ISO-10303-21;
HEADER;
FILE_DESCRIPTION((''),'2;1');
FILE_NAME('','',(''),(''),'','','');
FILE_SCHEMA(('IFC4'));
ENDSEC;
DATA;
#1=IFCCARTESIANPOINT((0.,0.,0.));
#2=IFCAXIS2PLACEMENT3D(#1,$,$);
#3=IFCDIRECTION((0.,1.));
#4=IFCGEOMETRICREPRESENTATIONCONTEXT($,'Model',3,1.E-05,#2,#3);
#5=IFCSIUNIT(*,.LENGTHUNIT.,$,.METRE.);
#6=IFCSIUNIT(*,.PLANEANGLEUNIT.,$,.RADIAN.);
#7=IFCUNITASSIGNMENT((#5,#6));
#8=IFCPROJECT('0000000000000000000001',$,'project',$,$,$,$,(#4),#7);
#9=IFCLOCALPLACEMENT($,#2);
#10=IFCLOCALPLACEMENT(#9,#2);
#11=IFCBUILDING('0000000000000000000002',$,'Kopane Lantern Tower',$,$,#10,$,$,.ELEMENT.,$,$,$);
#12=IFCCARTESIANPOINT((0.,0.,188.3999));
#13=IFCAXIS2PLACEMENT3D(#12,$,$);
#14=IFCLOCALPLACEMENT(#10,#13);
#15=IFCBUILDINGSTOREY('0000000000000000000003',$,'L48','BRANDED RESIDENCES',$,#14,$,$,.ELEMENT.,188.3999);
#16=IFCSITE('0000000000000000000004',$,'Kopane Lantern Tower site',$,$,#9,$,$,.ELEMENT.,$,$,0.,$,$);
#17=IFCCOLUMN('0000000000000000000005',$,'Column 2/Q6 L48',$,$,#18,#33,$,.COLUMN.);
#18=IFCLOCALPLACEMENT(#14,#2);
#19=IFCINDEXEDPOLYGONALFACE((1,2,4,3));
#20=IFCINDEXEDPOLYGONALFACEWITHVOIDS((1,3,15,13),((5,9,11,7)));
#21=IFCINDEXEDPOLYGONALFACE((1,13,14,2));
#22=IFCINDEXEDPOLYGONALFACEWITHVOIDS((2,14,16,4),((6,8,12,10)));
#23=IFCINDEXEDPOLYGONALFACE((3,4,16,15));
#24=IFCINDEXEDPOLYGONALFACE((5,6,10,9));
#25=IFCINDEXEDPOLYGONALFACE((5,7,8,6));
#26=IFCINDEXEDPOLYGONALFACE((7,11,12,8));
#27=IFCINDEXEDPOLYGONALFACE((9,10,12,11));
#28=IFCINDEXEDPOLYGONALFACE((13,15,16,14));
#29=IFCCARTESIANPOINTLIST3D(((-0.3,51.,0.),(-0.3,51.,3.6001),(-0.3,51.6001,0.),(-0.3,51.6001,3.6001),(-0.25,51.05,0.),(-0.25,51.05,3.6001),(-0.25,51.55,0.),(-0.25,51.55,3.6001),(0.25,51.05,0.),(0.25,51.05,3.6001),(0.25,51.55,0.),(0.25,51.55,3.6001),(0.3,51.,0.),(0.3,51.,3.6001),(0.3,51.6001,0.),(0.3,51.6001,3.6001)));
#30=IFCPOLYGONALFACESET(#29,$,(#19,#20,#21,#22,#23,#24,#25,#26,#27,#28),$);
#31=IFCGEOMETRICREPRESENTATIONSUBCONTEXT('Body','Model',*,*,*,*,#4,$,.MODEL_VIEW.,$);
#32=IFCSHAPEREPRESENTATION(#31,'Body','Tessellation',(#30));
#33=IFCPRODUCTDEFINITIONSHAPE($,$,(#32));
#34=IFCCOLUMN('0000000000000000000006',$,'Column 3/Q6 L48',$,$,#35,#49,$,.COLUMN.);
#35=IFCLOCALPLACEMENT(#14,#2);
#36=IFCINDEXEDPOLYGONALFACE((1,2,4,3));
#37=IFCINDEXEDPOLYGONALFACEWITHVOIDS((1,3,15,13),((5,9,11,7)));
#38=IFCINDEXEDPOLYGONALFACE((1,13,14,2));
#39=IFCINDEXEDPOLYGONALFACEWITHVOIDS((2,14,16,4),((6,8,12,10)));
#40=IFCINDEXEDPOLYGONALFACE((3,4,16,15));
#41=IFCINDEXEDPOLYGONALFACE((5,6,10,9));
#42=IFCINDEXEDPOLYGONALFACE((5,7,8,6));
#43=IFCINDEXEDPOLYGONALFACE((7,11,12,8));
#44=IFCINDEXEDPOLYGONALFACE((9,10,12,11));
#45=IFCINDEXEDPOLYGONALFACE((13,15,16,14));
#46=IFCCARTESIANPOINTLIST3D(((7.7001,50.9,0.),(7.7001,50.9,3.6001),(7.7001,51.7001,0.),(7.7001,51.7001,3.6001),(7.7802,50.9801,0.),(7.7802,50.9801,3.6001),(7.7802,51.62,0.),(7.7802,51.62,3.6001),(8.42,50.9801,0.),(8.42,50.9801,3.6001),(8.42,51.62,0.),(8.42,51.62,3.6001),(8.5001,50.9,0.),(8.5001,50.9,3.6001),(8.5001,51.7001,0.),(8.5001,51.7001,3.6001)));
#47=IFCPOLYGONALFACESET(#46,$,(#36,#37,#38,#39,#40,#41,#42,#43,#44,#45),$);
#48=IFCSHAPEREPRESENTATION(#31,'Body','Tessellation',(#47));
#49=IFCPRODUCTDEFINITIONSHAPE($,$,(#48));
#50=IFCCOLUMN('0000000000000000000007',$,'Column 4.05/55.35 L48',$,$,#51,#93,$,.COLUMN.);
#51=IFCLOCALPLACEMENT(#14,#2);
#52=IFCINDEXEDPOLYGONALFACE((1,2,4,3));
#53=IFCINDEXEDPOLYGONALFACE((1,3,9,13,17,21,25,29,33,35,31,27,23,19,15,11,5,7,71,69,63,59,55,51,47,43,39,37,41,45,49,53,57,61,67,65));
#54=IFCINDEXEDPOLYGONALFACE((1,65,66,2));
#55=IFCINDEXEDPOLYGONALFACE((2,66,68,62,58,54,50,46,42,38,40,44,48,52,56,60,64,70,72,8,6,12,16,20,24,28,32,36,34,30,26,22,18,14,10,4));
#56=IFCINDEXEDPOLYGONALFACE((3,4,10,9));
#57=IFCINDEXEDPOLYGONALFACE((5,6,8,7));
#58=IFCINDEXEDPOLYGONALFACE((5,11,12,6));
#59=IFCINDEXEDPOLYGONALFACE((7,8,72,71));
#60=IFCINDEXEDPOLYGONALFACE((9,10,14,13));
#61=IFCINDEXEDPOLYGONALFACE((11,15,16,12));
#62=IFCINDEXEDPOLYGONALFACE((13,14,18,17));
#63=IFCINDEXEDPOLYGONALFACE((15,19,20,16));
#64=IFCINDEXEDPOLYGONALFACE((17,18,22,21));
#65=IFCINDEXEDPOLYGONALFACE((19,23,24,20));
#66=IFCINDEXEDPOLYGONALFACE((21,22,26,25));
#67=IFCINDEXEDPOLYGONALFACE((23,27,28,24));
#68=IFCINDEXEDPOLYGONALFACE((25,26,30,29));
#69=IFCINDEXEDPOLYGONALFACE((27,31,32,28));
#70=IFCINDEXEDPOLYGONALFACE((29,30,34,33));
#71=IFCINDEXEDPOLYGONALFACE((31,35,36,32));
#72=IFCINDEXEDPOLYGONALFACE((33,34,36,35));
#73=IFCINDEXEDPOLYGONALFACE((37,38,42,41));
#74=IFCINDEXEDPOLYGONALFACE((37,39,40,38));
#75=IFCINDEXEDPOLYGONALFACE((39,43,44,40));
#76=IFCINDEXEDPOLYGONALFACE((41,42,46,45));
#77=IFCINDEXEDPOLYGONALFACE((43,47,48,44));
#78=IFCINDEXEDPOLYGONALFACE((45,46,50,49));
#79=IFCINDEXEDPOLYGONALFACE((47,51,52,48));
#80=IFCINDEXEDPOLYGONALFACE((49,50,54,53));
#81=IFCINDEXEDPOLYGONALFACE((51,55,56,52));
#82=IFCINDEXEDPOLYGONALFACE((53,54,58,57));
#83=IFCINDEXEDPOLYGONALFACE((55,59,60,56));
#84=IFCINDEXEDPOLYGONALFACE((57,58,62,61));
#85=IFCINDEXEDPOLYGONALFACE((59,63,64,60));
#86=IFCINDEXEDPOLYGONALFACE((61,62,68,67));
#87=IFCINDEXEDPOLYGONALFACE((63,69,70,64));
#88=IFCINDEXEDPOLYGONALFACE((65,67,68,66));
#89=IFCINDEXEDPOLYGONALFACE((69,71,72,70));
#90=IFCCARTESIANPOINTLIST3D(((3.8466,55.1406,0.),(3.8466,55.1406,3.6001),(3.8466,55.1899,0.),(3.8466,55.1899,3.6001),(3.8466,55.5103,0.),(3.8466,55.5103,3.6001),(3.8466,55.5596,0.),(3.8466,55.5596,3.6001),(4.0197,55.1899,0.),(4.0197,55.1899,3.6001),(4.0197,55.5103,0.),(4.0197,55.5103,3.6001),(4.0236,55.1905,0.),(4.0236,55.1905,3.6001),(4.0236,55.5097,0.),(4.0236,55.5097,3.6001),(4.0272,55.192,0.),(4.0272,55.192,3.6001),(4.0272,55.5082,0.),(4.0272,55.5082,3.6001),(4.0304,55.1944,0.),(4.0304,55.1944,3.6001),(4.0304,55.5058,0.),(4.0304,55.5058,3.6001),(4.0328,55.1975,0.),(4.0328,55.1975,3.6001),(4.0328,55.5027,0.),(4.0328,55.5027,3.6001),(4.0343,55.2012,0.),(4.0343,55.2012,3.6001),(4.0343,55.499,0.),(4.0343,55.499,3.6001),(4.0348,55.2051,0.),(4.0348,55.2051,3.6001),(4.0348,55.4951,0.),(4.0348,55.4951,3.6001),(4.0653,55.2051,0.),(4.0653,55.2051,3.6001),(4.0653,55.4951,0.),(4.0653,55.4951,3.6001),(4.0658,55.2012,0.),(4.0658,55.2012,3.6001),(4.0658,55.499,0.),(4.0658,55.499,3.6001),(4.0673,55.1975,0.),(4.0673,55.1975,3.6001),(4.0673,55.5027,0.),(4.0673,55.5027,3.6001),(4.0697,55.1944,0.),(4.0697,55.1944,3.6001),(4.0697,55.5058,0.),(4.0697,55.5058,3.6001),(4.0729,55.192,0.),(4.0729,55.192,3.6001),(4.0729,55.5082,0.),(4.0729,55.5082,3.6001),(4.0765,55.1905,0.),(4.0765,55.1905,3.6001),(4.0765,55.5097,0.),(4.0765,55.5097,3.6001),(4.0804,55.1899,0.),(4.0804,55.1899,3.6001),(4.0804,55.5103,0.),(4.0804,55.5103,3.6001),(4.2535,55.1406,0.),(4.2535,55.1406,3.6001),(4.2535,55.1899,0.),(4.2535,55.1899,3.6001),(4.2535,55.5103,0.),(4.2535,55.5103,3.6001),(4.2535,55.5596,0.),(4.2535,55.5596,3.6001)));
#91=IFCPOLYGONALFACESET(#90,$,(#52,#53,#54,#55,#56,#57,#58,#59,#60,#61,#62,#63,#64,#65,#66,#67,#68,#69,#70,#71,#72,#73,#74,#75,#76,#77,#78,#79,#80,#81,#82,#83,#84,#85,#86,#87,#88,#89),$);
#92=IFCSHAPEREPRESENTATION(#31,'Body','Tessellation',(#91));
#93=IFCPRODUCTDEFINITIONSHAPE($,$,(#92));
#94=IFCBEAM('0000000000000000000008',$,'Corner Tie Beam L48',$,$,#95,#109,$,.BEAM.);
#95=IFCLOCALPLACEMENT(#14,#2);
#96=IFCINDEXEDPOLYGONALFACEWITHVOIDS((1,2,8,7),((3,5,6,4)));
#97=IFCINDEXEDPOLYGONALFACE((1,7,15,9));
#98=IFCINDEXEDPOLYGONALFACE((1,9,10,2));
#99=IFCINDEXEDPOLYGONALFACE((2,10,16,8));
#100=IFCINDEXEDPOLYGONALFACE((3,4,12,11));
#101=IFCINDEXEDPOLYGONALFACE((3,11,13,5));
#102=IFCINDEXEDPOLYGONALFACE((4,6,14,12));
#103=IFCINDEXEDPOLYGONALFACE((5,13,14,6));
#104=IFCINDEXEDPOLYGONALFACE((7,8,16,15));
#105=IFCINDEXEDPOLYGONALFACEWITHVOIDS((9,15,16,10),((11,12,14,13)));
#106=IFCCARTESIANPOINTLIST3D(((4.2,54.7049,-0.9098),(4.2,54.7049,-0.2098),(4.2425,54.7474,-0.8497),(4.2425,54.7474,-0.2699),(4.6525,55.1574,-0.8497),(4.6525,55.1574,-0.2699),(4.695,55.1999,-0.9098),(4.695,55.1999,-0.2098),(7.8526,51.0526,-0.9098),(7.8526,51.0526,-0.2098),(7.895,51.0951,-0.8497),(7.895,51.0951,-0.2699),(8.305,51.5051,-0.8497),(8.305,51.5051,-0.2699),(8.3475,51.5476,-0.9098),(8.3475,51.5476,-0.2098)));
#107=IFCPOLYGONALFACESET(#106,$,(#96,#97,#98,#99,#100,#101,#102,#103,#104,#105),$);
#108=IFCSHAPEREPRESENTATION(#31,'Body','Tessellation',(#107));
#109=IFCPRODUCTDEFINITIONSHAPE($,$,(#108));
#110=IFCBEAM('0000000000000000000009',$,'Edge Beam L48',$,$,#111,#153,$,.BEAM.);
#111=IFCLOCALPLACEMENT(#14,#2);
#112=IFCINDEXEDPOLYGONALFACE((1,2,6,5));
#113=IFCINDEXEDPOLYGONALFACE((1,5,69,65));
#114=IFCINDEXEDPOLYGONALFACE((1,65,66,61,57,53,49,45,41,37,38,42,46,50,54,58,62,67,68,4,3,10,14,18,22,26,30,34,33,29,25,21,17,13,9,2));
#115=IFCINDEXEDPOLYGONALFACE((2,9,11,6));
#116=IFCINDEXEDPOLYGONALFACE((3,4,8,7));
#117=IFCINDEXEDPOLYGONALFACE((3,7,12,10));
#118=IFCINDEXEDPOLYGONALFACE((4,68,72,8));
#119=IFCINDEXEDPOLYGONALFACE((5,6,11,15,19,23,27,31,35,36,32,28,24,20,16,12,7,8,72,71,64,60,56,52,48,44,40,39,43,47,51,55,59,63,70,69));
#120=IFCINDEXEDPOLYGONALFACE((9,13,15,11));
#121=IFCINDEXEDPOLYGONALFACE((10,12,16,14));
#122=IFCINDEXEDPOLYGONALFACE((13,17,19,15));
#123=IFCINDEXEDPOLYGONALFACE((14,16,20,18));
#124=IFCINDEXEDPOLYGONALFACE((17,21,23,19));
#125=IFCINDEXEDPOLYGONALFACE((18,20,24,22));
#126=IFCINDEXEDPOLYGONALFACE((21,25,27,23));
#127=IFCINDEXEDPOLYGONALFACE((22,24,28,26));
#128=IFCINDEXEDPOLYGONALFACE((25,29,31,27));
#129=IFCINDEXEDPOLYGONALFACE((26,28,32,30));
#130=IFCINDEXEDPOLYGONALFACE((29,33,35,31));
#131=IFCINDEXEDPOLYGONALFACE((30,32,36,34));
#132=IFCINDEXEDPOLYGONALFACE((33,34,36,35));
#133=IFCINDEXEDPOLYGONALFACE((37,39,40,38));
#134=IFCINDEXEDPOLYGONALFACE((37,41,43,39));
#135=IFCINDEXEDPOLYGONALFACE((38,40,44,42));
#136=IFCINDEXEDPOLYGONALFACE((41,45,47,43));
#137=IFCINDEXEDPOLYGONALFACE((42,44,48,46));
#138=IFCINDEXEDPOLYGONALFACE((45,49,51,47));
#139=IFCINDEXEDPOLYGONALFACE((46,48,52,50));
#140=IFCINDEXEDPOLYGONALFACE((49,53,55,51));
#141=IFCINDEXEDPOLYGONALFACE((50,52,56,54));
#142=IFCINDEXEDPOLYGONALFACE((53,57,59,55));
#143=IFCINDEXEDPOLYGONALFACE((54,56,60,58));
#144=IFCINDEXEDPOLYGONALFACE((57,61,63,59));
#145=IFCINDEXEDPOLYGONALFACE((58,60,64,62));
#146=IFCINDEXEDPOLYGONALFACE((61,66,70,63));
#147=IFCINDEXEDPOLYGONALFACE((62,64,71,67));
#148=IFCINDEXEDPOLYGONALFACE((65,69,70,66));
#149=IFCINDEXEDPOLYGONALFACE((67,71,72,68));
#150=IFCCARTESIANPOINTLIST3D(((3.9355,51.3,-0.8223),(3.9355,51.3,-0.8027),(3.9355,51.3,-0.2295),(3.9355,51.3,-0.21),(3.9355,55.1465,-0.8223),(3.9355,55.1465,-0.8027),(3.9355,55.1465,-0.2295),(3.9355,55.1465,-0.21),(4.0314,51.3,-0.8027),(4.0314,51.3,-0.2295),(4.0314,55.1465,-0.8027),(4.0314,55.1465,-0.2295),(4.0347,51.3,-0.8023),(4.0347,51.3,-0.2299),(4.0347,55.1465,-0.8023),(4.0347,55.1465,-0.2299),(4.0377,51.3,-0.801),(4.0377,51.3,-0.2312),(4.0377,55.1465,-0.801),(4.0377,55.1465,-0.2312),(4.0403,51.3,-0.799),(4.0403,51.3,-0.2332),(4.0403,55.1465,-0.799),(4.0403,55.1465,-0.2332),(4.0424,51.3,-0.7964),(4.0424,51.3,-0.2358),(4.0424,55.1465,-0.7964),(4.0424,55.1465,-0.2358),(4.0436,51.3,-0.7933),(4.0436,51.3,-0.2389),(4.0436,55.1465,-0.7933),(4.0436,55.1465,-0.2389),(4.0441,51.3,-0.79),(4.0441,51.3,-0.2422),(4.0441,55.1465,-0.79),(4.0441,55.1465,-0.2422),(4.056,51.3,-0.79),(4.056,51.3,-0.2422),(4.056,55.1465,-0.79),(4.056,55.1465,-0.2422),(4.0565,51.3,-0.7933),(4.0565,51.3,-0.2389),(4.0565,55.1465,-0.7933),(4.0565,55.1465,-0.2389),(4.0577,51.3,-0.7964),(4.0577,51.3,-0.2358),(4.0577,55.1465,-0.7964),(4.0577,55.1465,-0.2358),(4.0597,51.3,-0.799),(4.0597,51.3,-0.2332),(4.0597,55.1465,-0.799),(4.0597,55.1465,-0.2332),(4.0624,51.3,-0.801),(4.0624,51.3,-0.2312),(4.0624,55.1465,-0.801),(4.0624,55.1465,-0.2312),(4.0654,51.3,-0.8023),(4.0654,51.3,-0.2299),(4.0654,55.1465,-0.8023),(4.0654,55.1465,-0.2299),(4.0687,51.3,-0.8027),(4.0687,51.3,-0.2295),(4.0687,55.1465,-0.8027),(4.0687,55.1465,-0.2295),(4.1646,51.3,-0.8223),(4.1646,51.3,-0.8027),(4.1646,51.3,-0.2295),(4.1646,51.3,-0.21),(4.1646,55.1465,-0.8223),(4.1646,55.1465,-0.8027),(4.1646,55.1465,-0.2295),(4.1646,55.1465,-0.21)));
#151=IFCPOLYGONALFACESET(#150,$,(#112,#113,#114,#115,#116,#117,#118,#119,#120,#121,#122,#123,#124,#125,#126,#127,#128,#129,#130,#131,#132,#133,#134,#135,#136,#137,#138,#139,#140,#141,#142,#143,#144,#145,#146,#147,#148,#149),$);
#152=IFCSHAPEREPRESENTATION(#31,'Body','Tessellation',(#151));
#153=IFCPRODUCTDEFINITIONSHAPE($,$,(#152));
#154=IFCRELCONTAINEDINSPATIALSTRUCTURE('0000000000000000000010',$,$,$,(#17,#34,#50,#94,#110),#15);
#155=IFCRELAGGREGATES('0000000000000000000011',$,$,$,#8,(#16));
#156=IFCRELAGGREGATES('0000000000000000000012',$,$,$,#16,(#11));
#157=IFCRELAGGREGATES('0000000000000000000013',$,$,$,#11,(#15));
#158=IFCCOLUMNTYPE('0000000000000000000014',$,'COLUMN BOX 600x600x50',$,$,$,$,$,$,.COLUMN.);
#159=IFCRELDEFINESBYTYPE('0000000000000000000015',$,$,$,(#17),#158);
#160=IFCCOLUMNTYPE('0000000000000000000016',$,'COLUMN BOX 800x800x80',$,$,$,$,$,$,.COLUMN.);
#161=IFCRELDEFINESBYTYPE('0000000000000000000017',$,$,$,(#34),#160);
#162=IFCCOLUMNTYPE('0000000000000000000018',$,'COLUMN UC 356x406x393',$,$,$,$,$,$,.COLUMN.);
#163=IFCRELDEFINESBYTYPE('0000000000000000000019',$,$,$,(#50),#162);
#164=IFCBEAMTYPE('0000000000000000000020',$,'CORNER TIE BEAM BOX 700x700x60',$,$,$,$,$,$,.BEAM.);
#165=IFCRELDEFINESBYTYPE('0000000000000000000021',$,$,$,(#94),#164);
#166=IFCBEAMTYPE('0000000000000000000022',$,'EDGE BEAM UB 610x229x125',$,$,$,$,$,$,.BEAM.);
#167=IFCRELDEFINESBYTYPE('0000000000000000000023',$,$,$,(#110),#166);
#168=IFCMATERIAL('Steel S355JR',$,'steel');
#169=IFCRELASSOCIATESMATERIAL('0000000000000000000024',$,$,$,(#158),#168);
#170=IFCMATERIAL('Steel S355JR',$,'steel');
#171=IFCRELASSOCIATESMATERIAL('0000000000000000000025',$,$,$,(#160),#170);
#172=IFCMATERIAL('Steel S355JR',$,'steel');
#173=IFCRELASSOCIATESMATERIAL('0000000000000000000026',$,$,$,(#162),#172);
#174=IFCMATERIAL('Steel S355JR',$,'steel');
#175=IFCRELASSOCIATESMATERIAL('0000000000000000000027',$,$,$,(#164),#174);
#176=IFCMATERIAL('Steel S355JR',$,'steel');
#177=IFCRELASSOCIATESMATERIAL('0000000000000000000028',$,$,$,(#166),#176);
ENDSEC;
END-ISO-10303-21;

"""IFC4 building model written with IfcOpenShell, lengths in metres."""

from ifc_helpers import new_model, si_unit, direction, frame, origin, origin_2d, place, context, subcontext, project, spatial, hollow_rectangle, i_section, extrude, material, material_profile, profile_set, type_object, element, save


model = new_model("IFC4")

# Units and contexts
model_context = context("Model", 3, precision=1e-05, world=origin(), true_north=direction((0.0, 1.0)))
body_context = subcontext(model_context, "Body", "Model", "MODEL_VIEW")
ifc_project = project(units=[si_unit("LENGTHUNIT", "METRE"), si_unit("PLANEANGLEUNIT", "RADIAN")], contexts=[model_context])

# Site, building, storey
site_placement = place(None, origin())
site = spatial("IfcSite", under=ifc_project, at=site_placement, Name="Kopane Lantern Tower site", CompositionType="ELEMENT", RefElevation=0.0)
building_placement = place(site_placement, origin())
building = spatial("IfcBuilding", under=site, at=building_placement, Name="Kopane Lantern Tower", CompositionType="ELEMENT")
storey_placement = place(building_placement, frame((0.0, 0.0, 188.3999)))
storey = spatial("IfcBuildingStorey", under=building, at=storey_placement, Name="L48", Description="BRANDED RESIDENCES", CompositionType="ELEMENT", Elevation=188.3999)

# Columns
ifc_material_1 = material(Name="Steel S355JR", Category="steel")
ifc_material_profile_1 = material_profile(ifc_material_1, hollow_rectangle(XDim=0.6001, YDim=0.6001, WallThickness=0.05, at=origin_2d()), Name="BOX 600x600x50")
ifc_profile_set_1 = profile_set([ifc_material_profile_1], Name="Steel S355JR")
column_type_1 = type_object("IfcColumnType", Name="COLUMN BOX 600x600x50", PredefinedType="COLUMN", material=ifc_profile_set_1)
column_1_placement = place(storey_placement, frame((0.0, 51.3, 0.0), z_axis=(0.0, 0.0, 1.0), x_axis=(1.0, 0.0, 0.0)))
element("IfcColumn", 1, at=column_1_placement, inside=storey, type_object=column_type_1, Name="Column 2/Q6 L48", PredefinedType="COLUMN", context=body_context, shape_type="SweptSolid", body=[
    extrude(hollow_rectangle(XDim=0.6001, YDim=0.6001, WallThickness=0.05, at=origin_2d()), origin(), (0.0, 0.0, 1.0), 3.6001),
])
ifc_material_2 = material(Name="Steel S355JR", Category="steel")
ifc_material_profile_2 = material_profile(ifc_material_2, hollow_rectangle(XDim=0.8, YDim=0.8, WallThickness=0.0801, at=origin_2d()), Name="BOX 800x800x80")
ifc_profile_set_2 = profile_set([ifc_material_profile_2], Name="Steel S355JR")
column_type_2 = type_object("IfcColumnType", Name="COLUMN BOX 800x800x80", PredefinedType="COLUMN", material=ifc_profile_set_2)
column_2_placement = place(storey_placement, frame((8.1001, 51.3, 0.0), z_axis=(0.0, 0.0, 1.0), x_axis=(1.0, 0.0, 0.0)))
element("IfcColumn", 2, at=column_2_placement, inside=storey, type_object=column_type_2, Name="Column 3/Q6 L48", PredefinedType="COLUMN", context=body_context, shape_type="SweptSolid", body=[
    extrude(hollow_rectangle(XDim=0.8, YDim=0.8, WallThickness=0.0801, at=origin_2d()), origin(), (0.0, 0.0, 1.0), 3.6001),
])
ifc_material_3 = material(Name="Steel S355JR", Category="steel")
ifc_material_profile_3 = material_profile(ifc_material_3, i_section(OverallWidth=0.407, OverallDepth=0.4189, WebThickness=0.0305, FlangeThickness=0.0493, FilletRadius=0.0151, at=origin_2d()), Name="UC 356x406x393")
ifc_profile_set_3 = profile_set([ifc_material_profile_3], Name="Steel S355JR")
column_type_3 = type_object("IfcColumnType", Name="COLUMN UC 356x406x393", PredefinedType="COLUMN", material=ifc_profile_set_3)
column_3_placement = place(storey_placement, frame((4.05, 55.3501, 0.0), z_axis=(0.0, 0.0, 1.0), x_axis=(1.0, 0.0, 0.0)))
element("IfcColumn", 3, at=column_3_placement, inside=storey, type_object=column_type_3, Name="Column 4.05/55.35 L48", PredefinedType="COLUMN", context=body_context, shape_type="SweptSolid", body=[
    extrude(i_section(OverallWidth=0.407, OverallDepth=0.4189, WebThickness=0.0305, FlangeThickness=0.0493, FilletRadius=0.0151, at=origin_2d()), origin(), (0.0, 0.0, 1.0), 3.6001),
])

# Beams
ifc_material_4 = material(Name="Steel S355JR", Category="steel")
ifc_material_profile_4 = material_profile(ifc_material_4, hollow_rectangle(XDim=0.7, YDim=0.7, WallThickness=0.0601, at=origin_2d()), Name="BOX 700x700x60")
ifc_profile_set_4 = profile_set([ifc_material_profile_4], Name="Steel S355JR")
beam_type_1 = type_object("IfcBeamType", Name="CORNER TIE BEAM BOX 700x700x60", PredefinedType="BEAM", material=ifc_profile_set_4)
beam_1_placement = place(storey_placement, frame((4.4475, 54.9524, -0.5598), z_axis=(0.70713, -0.707083, 0.0), x_axis=(0.707083, 0.70713, 0.0)))
element("IfcBeam", 4, at=beam_1_placement, inside=storey, type_object=beam_type_1, Name="Corner Tie Beam L48", PredefinedType="BEAM", context=body_context, shape_type="SweptSolid", body=[
    extrude(hollow_rectangle(XDim=0.7, YDim=0.7, WallThickness=0.0601, at=origin_2d()), origin(), (0.0, 0.0, 1.0), 5.1653),
])
ifc_material_5 = material(Name="Steel S355JR", Category="steel")
ifc_material_profile_5 = material_profile(ifc_material_5, i_section(OverallWidth=0.229, OverallDepth=0.6123, WebThickness=0.012, FlangeThickness=0.0195, FilletRadius=0.0127, at=origin_2d()), Name="UB 610x229x125")
ifc_profile_set_5 = profile_set([ifc_material_profile_5], Name="Steel S355JR")
beam_type_2 = type_object("IfcBeamType", Name="EDGE BEAM UB 610x229x125", PredefinedType="BEAM", material=ifc_profile_set_5)
beam_2_placement = place(storey_placement, frame((4.05, 55.1465, -0.5161), z_axis=(0.0, -1.0, 0.0), x_axis=(1.0, 0.0, 0.0)))
element("IfcBeam", 5, at=beam_2_placement, inside=storey, type_object=beam_type_2, Name="Edge Beam L48", PredefinedType="BEAM", context=body_context, shape_type="SweptSolid", body=[
    extrude(i_section(OverallWidth=0.229, OverallDepth=0.6123, WebThickness=0.012, FlangeThickness=0.0195, FilletRadius=0.0127, at=origin_2d()), origin(), (0.0, 0.0, 1.0), 3.8464),
])

save(model, "model.ifc")
